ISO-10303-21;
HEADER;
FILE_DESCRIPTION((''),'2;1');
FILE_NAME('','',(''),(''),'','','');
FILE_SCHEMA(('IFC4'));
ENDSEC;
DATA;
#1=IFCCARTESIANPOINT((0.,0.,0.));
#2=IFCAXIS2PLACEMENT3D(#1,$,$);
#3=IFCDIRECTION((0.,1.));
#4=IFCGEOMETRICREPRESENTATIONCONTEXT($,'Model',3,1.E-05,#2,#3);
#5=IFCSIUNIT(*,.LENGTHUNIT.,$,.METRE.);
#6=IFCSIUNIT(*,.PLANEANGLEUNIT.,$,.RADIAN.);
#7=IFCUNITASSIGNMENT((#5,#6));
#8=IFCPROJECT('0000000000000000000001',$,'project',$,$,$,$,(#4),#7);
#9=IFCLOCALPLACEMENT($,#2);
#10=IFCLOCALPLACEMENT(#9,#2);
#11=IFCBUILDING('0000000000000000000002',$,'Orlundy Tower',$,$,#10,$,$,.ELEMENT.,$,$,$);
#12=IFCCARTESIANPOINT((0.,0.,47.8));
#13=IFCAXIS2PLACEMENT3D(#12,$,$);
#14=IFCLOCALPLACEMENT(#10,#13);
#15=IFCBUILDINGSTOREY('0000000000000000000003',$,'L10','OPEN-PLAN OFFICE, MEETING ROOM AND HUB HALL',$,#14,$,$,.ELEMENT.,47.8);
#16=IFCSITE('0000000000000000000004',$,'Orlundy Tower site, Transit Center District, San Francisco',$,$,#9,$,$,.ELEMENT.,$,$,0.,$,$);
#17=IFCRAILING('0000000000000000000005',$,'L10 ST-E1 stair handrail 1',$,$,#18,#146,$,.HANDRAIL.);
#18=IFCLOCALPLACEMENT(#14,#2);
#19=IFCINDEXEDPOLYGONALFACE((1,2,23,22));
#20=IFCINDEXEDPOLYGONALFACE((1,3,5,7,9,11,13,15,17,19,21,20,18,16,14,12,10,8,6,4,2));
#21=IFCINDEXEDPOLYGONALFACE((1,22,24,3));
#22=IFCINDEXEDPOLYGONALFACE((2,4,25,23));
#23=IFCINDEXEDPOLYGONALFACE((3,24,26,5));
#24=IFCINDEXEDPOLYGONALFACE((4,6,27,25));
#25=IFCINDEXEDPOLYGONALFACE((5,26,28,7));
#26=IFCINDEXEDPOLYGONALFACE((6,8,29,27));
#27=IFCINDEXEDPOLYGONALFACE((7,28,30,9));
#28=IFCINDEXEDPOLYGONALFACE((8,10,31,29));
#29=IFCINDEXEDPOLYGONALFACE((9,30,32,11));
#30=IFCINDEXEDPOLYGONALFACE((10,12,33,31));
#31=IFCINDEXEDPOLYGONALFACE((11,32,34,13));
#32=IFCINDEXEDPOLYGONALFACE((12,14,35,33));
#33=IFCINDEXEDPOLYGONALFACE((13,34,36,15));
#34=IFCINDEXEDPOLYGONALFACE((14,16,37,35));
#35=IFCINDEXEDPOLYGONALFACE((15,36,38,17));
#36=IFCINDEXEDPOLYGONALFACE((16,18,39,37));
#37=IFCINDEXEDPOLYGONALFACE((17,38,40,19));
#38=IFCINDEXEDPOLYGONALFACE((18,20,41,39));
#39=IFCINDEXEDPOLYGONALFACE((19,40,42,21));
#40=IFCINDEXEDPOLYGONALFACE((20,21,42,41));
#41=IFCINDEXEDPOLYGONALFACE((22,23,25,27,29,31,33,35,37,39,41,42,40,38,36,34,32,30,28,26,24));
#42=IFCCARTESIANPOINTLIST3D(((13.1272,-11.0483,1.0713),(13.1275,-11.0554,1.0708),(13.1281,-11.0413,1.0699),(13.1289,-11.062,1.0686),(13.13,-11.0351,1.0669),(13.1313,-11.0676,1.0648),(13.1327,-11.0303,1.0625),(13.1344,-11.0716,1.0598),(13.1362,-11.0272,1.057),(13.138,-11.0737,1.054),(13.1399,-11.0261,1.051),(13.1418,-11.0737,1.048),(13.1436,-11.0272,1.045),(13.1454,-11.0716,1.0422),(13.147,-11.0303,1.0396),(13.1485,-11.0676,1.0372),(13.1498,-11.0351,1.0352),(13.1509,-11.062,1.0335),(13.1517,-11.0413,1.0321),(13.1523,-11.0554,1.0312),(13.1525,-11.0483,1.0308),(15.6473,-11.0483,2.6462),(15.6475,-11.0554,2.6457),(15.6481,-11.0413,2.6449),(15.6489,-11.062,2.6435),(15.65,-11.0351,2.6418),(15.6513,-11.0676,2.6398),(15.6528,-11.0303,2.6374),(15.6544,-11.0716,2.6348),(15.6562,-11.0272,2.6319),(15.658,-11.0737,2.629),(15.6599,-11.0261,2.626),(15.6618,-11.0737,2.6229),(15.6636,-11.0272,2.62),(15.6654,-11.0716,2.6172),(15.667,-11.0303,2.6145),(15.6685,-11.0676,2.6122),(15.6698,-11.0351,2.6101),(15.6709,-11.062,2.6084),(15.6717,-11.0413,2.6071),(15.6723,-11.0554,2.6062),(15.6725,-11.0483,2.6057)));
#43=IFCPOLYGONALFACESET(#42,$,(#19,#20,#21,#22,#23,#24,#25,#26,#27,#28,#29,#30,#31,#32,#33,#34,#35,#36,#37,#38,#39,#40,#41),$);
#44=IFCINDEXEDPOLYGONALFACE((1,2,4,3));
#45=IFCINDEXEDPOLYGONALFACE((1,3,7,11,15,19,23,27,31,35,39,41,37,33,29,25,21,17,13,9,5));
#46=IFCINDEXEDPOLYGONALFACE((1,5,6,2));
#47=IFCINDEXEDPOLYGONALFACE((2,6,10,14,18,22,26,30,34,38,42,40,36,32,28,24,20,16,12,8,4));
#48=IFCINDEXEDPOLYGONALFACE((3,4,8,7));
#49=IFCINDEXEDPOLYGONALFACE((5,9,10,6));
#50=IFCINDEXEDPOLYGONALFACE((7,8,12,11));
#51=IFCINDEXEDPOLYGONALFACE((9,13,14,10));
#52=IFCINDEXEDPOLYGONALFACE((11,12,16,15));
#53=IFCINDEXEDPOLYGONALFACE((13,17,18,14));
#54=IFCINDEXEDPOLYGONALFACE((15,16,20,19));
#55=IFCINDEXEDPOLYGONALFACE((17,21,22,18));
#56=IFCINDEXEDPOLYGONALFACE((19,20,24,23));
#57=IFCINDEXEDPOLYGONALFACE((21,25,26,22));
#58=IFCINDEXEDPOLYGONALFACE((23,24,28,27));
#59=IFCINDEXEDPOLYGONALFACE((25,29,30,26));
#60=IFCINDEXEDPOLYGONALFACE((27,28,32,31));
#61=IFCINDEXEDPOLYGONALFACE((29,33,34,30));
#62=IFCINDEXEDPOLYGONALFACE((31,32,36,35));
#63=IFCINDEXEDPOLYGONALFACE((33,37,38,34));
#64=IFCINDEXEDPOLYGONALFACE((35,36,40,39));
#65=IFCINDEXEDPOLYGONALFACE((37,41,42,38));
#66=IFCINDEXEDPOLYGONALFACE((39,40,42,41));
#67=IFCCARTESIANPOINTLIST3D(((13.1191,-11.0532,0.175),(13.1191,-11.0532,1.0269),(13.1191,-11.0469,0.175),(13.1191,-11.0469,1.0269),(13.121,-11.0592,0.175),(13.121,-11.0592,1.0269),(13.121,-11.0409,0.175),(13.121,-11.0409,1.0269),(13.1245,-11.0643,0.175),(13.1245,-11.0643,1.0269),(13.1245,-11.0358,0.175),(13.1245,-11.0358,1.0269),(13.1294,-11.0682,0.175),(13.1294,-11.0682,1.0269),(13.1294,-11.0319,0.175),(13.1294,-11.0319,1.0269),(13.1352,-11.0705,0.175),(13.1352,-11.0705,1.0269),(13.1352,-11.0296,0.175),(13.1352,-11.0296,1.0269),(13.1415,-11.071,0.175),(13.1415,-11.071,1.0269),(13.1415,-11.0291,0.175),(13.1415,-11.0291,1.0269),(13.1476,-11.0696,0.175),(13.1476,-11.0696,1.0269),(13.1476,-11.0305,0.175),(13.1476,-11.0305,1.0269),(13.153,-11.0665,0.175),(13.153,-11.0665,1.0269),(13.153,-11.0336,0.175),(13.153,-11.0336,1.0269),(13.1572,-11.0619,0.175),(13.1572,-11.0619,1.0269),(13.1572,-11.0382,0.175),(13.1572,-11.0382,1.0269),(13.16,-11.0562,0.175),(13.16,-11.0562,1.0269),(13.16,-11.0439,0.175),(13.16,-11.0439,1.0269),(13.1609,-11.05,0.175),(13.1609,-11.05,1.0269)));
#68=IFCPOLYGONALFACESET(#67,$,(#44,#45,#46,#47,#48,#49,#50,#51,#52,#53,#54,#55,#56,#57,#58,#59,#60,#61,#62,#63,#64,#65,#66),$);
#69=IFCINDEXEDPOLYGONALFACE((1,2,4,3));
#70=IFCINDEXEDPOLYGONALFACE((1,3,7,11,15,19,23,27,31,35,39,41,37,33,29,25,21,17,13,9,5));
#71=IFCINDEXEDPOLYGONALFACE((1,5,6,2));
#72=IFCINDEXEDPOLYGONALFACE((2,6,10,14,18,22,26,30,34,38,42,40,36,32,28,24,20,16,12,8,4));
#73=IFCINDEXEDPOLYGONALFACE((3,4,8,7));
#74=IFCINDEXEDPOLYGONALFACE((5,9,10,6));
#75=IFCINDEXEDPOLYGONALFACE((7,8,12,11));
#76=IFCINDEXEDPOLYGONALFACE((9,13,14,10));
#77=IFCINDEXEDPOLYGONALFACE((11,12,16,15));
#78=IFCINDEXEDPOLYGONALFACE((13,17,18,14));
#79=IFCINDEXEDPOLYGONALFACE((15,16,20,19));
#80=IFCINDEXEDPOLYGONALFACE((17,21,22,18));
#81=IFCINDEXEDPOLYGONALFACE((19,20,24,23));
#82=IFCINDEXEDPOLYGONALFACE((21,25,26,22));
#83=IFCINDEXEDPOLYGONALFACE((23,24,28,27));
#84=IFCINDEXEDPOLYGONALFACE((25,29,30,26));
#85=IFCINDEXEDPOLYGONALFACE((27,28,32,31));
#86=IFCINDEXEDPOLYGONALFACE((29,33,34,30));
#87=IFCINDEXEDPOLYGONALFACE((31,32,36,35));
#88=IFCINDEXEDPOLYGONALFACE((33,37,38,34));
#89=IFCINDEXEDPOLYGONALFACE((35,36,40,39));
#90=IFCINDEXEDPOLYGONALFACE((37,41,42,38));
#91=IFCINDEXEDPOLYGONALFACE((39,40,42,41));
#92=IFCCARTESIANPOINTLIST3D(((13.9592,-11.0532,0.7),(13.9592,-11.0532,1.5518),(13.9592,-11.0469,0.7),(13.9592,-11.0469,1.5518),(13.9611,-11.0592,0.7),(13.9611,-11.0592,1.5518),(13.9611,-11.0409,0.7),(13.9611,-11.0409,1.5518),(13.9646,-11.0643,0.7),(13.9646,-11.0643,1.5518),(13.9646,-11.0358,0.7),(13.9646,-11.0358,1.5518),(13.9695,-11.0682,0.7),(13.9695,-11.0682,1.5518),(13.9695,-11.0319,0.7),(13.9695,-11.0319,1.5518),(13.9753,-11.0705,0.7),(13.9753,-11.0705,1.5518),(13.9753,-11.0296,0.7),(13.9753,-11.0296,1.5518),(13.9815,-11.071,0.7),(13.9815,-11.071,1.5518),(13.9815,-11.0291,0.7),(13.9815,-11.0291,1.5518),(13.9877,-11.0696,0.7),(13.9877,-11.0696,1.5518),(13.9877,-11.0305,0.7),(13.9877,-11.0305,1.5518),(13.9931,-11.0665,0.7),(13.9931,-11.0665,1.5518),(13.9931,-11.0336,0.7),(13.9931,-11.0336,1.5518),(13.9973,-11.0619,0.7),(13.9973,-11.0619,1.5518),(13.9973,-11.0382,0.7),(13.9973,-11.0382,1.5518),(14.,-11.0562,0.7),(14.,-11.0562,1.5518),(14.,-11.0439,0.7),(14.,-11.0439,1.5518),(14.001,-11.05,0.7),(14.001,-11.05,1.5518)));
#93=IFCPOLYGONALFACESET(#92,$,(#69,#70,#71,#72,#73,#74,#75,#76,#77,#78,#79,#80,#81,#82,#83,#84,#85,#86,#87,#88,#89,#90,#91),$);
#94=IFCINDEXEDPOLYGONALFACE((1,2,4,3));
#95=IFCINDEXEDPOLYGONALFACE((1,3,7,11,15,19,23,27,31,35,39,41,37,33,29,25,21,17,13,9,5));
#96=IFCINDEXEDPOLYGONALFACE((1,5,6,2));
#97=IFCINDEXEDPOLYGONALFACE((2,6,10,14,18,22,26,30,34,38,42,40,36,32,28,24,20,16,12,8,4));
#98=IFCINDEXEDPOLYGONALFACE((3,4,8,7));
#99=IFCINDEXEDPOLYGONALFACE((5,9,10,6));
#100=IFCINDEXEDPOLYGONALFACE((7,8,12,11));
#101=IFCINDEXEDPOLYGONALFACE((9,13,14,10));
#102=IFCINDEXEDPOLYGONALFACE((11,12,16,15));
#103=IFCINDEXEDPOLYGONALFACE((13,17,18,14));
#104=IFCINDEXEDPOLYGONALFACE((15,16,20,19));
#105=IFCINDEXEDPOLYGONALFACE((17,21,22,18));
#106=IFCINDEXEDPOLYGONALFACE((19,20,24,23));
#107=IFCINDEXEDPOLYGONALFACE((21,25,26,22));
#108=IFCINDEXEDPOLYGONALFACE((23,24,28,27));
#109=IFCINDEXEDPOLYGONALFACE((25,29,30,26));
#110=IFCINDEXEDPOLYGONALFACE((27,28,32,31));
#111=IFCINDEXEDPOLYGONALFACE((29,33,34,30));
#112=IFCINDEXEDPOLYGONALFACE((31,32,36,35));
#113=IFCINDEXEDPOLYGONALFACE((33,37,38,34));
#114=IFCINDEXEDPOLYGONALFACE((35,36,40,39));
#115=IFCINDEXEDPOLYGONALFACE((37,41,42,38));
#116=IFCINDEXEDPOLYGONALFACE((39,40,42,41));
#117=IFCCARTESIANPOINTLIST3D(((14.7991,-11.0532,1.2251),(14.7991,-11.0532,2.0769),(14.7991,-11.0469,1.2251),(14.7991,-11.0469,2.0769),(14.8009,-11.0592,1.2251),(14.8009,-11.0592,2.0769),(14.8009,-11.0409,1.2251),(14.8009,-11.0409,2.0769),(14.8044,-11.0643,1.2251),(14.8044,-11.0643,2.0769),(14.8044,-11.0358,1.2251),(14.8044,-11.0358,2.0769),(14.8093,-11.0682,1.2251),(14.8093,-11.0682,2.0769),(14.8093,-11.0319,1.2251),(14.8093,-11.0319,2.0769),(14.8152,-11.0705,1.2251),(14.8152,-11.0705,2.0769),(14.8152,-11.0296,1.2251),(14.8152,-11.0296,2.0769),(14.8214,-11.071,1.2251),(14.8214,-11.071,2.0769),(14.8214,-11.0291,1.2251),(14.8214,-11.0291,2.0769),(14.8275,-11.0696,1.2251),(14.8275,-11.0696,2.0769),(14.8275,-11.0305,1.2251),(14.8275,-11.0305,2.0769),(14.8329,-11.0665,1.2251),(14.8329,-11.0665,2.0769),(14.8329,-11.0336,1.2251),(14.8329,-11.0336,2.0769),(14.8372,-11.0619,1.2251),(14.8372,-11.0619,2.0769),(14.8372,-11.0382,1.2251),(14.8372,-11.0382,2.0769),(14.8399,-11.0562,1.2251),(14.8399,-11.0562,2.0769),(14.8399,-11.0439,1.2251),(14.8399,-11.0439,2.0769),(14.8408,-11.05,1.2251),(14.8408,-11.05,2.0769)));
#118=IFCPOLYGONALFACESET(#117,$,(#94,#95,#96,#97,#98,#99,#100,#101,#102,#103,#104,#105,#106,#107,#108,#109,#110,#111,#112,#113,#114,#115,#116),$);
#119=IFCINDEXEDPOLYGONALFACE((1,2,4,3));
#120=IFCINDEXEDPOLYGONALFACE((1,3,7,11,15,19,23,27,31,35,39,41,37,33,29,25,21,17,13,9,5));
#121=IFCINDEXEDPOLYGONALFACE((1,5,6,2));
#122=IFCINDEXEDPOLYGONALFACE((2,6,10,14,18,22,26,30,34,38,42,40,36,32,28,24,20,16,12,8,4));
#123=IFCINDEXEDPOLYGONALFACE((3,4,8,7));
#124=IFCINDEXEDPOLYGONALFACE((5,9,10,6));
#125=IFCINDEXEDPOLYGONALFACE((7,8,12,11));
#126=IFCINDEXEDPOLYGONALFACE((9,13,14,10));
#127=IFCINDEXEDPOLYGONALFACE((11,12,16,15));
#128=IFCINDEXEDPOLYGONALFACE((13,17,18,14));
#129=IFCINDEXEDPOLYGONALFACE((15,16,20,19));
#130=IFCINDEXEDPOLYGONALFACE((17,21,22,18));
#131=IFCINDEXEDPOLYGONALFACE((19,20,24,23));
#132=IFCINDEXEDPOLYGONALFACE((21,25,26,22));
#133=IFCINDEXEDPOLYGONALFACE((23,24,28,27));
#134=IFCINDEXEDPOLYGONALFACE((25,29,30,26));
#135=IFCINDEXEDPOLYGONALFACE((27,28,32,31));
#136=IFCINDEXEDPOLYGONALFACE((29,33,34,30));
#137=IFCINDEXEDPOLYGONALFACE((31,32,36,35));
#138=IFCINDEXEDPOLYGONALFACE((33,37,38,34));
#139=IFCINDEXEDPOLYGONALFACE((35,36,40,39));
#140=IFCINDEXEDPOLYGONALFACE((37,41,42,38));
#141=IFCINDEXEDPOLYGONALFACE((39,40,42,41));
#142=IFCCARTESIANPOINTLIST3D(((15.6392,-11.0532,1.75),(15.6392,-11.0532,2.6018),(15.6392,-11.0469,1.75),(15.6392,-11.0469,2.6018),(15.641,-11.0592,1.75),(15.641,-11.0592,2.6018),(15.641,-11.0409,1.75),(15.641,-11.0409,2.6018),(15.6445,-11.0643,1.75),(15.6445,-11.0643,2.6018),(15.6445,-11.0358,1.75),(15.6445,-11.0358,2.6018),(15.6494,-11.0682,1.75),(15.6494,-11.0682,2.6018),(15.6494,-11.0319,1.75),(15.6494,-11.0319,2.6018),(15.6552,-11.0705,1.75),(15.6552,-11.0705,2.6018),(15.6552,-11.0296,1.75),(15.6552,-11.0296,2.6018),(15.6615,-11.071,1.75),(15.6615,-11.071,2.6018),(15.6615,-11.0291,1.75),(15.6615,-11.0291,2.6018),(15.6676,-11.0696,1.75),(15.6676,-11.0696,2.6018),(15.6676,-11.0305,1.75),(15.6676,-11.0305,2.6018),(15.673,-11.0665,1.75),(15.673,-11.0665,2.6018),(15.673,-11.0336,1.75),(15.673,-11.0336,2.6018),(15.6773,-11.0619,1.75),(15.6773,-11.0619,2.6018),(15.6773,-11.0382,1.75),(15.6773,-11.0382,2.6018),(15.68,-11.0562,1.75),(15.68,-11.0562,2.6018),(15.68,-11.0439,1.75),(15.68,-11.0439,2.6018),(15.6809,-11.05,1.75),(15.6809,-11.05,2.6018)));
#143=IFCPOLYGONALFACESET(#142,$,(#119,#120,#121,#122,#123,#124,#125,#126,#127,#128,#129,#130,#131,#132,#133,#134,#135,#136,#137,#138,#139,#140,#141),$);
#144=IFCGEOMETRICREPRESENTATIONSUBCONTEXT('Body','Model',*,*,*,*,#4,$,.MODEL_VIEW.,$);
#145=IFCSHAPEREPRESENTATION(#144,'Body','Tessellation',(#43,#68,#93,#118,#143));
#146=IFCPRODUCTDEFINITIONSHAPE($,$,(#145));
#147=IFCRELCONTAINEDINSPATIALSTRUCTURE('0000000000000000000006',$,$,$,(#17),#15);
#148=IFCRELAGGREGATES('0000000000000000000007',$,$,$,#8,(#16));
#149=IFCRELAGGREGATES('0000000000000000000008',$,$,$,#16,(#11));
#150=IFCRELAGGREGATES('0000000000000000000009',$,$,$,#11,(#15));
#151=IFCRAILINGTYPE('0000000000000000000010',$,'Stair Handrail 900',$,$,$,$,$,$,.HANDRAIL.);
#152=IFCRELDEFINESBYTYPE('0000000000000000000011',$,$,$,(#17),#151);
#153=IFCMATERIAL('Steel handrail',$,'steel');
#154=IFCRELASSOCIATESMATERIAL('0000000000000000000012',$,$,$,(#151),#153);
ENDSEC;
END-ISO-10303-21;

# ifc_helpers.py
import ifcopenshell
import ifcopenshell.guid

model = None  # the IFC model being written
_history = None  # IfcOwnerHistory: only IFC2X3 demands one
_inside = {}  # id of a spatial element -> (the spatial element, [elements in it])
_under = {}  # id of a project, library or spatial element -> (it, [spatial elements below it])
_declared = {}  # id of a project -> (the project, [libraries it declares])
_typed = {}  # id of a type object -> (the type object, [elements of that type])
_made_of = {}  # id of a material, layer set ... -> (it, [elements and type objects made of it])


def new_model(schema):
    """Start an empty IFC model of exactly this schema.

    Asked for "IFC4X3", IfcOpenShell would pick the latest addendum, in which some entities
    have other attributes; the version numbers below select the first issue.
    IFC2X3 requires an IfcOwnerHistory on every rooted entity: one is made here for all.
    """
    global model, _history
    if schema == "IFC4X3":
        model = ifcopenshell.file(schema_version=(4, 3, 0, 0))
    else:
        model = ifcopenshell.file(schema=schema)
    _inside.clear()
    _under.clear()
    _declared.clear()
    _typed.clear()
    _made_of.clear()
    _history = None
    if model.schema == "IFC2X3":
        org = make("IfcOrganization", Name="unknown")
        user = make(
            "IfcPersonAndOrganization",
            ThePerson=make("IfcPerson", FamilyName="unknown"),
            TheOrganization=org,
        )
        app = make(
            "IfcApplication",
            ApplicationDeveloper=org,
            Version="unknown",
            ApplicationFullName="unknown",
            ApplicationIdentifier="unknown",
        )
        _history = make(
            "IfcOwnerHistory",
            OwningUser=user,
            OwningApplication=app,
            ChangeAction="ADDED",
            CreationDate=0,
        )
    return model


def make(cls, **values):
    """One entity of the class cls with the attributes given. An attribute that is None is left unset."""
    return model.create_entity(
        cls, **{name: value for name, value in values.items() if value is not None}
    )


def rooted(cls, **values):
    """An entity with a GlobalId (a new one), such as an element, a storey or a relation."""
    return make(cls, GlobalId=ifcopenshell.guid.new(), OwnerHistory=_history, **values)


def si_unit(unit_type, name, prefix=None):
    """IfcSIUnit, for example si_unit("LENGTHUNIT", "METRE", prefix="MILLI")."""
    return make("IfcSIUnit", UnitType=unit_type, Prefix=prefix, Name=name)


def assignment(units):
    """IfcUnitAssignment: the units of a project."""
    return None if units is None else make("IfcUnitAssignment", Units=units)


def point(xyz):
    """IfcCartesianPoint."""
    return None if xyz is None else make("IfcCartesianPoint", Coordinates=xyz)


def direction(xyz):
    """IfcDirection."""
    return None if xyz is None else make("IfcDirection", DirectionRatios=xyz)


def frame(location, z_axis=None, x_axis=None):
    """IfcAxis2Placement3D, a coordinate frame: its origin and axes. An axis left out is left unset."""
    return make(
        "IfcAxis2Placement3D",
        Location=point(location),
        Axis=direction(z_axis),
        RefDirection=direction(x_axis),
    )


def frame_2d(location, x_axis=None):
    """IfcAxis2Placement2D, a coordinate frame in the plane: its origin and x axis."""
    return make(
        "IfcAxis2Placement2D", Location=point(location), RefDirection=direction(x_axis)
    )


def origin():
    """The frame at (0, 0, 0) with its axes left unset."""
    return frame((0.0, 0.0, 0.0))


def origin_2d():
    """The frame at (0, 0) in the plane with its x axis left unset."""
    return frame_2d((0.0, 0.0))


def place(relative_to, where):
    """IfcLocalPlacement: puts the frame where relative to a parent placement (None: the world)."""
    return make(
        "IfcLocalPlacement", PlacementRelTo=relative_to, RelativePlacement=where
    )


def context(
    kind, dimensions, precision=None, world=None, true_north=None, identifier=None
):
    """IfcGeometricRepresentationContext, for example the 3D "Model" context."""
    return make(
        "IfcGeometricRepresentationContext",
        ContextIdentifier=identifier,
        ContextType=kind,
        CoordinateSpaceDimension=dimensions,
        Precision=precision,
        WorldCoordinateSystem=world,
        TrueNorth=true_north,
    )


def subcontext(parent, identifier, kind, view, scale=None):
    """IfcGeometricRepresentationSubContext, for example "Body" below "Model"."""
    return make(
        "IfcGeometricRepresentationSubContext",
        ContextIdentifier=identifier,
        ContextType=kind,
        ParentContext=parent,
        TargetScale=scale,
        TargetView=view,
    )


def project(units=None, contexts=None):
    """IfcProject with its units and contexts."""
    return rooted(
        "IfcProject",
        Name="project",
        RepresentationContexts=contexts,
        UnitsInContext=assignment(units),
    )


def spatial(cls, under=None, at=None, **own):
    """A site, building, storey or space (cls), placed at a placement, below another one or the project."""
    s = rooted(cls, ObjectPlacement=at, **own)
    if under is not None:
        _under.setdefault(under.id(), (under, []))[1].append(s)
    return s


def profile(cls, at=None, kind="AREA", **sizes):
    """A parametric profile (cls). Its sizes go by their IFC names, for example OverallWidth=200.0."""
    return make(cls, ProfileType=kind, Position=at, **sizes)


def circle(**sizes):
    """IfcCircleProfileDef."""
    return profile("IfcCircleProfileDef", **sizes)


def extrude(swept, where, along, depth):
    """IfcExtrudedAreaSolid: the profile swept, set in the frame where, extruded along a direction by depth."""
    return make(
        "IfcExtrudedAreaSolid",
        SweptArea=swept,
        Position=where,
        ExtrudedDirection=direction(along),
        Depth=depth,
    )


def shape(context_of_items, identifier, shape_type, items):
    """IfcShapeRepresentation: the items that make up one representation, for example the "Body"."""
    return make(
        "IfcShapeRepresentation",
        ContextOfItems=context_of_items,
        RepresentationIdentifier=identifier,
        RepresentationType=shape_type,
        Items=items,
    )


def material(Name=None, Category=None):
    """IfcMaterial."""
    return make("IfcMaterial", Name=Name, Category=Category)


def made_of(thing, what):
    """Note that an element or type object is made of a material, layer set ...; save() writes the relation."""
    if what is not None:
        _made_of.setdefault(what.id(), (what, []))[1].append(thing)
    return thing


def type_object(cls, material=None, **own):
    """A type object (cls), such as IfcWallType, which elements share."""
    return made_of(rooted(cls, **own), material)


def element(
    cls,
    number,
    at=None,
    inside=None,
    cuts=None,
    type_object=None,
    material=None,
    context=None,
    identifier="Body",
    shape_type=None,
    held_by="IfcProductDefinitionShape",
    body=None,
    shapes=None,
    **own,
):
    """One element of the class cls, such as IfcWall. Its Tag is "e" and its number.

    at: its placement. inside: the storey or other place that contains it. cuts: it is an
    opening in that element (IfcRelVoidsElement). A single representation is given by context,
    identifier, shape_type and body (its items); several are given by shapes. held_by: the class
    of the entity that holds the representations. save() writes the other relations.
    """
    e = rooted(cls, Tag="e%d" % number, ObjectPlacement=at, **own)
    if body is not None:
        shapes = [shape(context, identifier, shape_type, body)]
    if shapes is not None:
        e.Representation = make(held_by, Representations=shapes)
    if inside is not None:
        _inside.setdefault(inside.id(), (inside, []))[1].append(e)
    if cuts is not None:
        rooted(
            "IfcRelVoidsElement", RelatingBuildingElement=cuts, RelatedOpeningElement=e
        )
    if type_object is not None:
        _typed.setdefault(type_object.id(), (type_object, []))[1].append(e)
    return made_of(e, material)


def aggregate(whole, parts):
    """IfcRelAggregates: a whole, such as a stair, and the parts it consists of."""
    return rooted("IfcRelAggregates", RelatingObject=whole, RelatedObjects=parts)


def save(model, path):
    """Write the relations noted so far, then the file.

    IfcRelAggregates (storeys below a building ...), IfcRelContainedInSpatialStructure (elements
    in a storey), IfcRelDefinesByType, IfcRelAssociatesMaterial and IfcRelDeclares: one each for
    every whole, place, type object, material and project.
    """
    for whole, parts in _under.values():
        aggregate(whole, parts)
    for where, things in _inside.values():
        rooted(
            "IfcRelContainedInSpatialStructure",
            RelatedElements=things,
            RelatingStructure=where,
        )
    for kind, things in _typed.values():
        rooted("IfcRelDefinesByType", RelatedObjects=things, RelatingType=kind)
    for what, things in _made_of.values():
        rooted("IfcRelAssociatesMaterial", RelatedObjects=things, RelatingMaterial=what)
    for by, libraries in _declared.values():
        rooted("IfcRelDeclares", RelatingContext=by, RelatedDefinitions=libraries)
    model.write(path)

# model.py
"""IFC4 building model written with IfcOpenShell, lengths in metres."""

from ifc_helpers import new_model, si_unit, direction, frame, origin, origin_2d, place, context, subcontext, project, spatial, circle, extrude, material, type_object, element, save


model = new_model("IFC4")

# Units and contexts
model_context = context("Model", 3, precision=1e-05, world=origin(), true_north=direction((0.0, 1.0)))
body_context = subcontext(model_context, "Body", "Model", "MODEL_VIEW")
ifc_project = project(units=[si_unit("LENGTHUNIT", "METRE"), si_unit("PLANEANGLEUNIT", "RADIAN")], contexts=[model_context])

# Site, building, storey
site_placement = place(None, origin())
site = spatial("IfcSite", under=ifc_project, at=site_placement, Name="Orlundy Tower site, Transit Center District, San Francisco", CompositionType="ELEMENT", RefElevation=0.0)
building_placement = place(site_placement, origin())
building = spatial("IfcBuilding", under=site, at=building_placement, Name="Orlundy Tower", CompositionType="ELEMENT")
storey_placement = place(building_placement, frame((0.0, 0.0, 47.8)))
storey = spatial("IfcBuildingStorey", under=building, at=storey_placement, Name="L10", Description="OPEN-PLAN OFFICE, MEETING ROOM AND HUB HALL", CompositionType="ELEMENT", Elevation=47.8)

# Railing
ifc_material_1 = material(Name="Steel handrail", Category="steel")
railing_type_1 = type_object("IfcRailingType", Name="Stair Handrail 900", PredefinedType="HANDRAIL", material=ifc_material_1)
railing_1_placement = place(storey_placement, frame((13.1399, -11.05, 0.175)))
element("IfcRailing", 1, at=railing_1_placement, inside=storey, type_object=railing_type_1, Name="L10 ST-E1 stair handrail 1", PredefinedType="HANDRAIL", context=body_context, shape_type="SweptSolid", body=[
    extrude(circle(Radius=0.0239, at=origin_2d()), frame((0.0, 0.0, 0.876), z_axis=(0.848008, 0.0, 0.529984), x_axis=(0.0, 1.0, 0.0)), (0.0, 0.0, 1.0), 2.9717),
    extrude(circle(Radius=0.021, at=origin_2d()), origin(), (0.0, 0.0, 1.0), 0.8518),
    extrude(circle(Radius=0.021, at=origin_2d()), frame((0.8401, 0.0, 0.5249)), (0.0, 0.0, 1.0), 0.8518),
    extrude(circle(Radius=0.021, at=origin_2d()), frame((1.6799, 0.0, 1.05)), (0.0, 0.0, 1.0), 0.8518),
    extrude(circle(Radius=0.021, at=origin_2d()), frame((2.52, 0.0, 1.575)), (0.0, 0.0, 1.0), 0.8518),
])

save(model, "model.ifc")
